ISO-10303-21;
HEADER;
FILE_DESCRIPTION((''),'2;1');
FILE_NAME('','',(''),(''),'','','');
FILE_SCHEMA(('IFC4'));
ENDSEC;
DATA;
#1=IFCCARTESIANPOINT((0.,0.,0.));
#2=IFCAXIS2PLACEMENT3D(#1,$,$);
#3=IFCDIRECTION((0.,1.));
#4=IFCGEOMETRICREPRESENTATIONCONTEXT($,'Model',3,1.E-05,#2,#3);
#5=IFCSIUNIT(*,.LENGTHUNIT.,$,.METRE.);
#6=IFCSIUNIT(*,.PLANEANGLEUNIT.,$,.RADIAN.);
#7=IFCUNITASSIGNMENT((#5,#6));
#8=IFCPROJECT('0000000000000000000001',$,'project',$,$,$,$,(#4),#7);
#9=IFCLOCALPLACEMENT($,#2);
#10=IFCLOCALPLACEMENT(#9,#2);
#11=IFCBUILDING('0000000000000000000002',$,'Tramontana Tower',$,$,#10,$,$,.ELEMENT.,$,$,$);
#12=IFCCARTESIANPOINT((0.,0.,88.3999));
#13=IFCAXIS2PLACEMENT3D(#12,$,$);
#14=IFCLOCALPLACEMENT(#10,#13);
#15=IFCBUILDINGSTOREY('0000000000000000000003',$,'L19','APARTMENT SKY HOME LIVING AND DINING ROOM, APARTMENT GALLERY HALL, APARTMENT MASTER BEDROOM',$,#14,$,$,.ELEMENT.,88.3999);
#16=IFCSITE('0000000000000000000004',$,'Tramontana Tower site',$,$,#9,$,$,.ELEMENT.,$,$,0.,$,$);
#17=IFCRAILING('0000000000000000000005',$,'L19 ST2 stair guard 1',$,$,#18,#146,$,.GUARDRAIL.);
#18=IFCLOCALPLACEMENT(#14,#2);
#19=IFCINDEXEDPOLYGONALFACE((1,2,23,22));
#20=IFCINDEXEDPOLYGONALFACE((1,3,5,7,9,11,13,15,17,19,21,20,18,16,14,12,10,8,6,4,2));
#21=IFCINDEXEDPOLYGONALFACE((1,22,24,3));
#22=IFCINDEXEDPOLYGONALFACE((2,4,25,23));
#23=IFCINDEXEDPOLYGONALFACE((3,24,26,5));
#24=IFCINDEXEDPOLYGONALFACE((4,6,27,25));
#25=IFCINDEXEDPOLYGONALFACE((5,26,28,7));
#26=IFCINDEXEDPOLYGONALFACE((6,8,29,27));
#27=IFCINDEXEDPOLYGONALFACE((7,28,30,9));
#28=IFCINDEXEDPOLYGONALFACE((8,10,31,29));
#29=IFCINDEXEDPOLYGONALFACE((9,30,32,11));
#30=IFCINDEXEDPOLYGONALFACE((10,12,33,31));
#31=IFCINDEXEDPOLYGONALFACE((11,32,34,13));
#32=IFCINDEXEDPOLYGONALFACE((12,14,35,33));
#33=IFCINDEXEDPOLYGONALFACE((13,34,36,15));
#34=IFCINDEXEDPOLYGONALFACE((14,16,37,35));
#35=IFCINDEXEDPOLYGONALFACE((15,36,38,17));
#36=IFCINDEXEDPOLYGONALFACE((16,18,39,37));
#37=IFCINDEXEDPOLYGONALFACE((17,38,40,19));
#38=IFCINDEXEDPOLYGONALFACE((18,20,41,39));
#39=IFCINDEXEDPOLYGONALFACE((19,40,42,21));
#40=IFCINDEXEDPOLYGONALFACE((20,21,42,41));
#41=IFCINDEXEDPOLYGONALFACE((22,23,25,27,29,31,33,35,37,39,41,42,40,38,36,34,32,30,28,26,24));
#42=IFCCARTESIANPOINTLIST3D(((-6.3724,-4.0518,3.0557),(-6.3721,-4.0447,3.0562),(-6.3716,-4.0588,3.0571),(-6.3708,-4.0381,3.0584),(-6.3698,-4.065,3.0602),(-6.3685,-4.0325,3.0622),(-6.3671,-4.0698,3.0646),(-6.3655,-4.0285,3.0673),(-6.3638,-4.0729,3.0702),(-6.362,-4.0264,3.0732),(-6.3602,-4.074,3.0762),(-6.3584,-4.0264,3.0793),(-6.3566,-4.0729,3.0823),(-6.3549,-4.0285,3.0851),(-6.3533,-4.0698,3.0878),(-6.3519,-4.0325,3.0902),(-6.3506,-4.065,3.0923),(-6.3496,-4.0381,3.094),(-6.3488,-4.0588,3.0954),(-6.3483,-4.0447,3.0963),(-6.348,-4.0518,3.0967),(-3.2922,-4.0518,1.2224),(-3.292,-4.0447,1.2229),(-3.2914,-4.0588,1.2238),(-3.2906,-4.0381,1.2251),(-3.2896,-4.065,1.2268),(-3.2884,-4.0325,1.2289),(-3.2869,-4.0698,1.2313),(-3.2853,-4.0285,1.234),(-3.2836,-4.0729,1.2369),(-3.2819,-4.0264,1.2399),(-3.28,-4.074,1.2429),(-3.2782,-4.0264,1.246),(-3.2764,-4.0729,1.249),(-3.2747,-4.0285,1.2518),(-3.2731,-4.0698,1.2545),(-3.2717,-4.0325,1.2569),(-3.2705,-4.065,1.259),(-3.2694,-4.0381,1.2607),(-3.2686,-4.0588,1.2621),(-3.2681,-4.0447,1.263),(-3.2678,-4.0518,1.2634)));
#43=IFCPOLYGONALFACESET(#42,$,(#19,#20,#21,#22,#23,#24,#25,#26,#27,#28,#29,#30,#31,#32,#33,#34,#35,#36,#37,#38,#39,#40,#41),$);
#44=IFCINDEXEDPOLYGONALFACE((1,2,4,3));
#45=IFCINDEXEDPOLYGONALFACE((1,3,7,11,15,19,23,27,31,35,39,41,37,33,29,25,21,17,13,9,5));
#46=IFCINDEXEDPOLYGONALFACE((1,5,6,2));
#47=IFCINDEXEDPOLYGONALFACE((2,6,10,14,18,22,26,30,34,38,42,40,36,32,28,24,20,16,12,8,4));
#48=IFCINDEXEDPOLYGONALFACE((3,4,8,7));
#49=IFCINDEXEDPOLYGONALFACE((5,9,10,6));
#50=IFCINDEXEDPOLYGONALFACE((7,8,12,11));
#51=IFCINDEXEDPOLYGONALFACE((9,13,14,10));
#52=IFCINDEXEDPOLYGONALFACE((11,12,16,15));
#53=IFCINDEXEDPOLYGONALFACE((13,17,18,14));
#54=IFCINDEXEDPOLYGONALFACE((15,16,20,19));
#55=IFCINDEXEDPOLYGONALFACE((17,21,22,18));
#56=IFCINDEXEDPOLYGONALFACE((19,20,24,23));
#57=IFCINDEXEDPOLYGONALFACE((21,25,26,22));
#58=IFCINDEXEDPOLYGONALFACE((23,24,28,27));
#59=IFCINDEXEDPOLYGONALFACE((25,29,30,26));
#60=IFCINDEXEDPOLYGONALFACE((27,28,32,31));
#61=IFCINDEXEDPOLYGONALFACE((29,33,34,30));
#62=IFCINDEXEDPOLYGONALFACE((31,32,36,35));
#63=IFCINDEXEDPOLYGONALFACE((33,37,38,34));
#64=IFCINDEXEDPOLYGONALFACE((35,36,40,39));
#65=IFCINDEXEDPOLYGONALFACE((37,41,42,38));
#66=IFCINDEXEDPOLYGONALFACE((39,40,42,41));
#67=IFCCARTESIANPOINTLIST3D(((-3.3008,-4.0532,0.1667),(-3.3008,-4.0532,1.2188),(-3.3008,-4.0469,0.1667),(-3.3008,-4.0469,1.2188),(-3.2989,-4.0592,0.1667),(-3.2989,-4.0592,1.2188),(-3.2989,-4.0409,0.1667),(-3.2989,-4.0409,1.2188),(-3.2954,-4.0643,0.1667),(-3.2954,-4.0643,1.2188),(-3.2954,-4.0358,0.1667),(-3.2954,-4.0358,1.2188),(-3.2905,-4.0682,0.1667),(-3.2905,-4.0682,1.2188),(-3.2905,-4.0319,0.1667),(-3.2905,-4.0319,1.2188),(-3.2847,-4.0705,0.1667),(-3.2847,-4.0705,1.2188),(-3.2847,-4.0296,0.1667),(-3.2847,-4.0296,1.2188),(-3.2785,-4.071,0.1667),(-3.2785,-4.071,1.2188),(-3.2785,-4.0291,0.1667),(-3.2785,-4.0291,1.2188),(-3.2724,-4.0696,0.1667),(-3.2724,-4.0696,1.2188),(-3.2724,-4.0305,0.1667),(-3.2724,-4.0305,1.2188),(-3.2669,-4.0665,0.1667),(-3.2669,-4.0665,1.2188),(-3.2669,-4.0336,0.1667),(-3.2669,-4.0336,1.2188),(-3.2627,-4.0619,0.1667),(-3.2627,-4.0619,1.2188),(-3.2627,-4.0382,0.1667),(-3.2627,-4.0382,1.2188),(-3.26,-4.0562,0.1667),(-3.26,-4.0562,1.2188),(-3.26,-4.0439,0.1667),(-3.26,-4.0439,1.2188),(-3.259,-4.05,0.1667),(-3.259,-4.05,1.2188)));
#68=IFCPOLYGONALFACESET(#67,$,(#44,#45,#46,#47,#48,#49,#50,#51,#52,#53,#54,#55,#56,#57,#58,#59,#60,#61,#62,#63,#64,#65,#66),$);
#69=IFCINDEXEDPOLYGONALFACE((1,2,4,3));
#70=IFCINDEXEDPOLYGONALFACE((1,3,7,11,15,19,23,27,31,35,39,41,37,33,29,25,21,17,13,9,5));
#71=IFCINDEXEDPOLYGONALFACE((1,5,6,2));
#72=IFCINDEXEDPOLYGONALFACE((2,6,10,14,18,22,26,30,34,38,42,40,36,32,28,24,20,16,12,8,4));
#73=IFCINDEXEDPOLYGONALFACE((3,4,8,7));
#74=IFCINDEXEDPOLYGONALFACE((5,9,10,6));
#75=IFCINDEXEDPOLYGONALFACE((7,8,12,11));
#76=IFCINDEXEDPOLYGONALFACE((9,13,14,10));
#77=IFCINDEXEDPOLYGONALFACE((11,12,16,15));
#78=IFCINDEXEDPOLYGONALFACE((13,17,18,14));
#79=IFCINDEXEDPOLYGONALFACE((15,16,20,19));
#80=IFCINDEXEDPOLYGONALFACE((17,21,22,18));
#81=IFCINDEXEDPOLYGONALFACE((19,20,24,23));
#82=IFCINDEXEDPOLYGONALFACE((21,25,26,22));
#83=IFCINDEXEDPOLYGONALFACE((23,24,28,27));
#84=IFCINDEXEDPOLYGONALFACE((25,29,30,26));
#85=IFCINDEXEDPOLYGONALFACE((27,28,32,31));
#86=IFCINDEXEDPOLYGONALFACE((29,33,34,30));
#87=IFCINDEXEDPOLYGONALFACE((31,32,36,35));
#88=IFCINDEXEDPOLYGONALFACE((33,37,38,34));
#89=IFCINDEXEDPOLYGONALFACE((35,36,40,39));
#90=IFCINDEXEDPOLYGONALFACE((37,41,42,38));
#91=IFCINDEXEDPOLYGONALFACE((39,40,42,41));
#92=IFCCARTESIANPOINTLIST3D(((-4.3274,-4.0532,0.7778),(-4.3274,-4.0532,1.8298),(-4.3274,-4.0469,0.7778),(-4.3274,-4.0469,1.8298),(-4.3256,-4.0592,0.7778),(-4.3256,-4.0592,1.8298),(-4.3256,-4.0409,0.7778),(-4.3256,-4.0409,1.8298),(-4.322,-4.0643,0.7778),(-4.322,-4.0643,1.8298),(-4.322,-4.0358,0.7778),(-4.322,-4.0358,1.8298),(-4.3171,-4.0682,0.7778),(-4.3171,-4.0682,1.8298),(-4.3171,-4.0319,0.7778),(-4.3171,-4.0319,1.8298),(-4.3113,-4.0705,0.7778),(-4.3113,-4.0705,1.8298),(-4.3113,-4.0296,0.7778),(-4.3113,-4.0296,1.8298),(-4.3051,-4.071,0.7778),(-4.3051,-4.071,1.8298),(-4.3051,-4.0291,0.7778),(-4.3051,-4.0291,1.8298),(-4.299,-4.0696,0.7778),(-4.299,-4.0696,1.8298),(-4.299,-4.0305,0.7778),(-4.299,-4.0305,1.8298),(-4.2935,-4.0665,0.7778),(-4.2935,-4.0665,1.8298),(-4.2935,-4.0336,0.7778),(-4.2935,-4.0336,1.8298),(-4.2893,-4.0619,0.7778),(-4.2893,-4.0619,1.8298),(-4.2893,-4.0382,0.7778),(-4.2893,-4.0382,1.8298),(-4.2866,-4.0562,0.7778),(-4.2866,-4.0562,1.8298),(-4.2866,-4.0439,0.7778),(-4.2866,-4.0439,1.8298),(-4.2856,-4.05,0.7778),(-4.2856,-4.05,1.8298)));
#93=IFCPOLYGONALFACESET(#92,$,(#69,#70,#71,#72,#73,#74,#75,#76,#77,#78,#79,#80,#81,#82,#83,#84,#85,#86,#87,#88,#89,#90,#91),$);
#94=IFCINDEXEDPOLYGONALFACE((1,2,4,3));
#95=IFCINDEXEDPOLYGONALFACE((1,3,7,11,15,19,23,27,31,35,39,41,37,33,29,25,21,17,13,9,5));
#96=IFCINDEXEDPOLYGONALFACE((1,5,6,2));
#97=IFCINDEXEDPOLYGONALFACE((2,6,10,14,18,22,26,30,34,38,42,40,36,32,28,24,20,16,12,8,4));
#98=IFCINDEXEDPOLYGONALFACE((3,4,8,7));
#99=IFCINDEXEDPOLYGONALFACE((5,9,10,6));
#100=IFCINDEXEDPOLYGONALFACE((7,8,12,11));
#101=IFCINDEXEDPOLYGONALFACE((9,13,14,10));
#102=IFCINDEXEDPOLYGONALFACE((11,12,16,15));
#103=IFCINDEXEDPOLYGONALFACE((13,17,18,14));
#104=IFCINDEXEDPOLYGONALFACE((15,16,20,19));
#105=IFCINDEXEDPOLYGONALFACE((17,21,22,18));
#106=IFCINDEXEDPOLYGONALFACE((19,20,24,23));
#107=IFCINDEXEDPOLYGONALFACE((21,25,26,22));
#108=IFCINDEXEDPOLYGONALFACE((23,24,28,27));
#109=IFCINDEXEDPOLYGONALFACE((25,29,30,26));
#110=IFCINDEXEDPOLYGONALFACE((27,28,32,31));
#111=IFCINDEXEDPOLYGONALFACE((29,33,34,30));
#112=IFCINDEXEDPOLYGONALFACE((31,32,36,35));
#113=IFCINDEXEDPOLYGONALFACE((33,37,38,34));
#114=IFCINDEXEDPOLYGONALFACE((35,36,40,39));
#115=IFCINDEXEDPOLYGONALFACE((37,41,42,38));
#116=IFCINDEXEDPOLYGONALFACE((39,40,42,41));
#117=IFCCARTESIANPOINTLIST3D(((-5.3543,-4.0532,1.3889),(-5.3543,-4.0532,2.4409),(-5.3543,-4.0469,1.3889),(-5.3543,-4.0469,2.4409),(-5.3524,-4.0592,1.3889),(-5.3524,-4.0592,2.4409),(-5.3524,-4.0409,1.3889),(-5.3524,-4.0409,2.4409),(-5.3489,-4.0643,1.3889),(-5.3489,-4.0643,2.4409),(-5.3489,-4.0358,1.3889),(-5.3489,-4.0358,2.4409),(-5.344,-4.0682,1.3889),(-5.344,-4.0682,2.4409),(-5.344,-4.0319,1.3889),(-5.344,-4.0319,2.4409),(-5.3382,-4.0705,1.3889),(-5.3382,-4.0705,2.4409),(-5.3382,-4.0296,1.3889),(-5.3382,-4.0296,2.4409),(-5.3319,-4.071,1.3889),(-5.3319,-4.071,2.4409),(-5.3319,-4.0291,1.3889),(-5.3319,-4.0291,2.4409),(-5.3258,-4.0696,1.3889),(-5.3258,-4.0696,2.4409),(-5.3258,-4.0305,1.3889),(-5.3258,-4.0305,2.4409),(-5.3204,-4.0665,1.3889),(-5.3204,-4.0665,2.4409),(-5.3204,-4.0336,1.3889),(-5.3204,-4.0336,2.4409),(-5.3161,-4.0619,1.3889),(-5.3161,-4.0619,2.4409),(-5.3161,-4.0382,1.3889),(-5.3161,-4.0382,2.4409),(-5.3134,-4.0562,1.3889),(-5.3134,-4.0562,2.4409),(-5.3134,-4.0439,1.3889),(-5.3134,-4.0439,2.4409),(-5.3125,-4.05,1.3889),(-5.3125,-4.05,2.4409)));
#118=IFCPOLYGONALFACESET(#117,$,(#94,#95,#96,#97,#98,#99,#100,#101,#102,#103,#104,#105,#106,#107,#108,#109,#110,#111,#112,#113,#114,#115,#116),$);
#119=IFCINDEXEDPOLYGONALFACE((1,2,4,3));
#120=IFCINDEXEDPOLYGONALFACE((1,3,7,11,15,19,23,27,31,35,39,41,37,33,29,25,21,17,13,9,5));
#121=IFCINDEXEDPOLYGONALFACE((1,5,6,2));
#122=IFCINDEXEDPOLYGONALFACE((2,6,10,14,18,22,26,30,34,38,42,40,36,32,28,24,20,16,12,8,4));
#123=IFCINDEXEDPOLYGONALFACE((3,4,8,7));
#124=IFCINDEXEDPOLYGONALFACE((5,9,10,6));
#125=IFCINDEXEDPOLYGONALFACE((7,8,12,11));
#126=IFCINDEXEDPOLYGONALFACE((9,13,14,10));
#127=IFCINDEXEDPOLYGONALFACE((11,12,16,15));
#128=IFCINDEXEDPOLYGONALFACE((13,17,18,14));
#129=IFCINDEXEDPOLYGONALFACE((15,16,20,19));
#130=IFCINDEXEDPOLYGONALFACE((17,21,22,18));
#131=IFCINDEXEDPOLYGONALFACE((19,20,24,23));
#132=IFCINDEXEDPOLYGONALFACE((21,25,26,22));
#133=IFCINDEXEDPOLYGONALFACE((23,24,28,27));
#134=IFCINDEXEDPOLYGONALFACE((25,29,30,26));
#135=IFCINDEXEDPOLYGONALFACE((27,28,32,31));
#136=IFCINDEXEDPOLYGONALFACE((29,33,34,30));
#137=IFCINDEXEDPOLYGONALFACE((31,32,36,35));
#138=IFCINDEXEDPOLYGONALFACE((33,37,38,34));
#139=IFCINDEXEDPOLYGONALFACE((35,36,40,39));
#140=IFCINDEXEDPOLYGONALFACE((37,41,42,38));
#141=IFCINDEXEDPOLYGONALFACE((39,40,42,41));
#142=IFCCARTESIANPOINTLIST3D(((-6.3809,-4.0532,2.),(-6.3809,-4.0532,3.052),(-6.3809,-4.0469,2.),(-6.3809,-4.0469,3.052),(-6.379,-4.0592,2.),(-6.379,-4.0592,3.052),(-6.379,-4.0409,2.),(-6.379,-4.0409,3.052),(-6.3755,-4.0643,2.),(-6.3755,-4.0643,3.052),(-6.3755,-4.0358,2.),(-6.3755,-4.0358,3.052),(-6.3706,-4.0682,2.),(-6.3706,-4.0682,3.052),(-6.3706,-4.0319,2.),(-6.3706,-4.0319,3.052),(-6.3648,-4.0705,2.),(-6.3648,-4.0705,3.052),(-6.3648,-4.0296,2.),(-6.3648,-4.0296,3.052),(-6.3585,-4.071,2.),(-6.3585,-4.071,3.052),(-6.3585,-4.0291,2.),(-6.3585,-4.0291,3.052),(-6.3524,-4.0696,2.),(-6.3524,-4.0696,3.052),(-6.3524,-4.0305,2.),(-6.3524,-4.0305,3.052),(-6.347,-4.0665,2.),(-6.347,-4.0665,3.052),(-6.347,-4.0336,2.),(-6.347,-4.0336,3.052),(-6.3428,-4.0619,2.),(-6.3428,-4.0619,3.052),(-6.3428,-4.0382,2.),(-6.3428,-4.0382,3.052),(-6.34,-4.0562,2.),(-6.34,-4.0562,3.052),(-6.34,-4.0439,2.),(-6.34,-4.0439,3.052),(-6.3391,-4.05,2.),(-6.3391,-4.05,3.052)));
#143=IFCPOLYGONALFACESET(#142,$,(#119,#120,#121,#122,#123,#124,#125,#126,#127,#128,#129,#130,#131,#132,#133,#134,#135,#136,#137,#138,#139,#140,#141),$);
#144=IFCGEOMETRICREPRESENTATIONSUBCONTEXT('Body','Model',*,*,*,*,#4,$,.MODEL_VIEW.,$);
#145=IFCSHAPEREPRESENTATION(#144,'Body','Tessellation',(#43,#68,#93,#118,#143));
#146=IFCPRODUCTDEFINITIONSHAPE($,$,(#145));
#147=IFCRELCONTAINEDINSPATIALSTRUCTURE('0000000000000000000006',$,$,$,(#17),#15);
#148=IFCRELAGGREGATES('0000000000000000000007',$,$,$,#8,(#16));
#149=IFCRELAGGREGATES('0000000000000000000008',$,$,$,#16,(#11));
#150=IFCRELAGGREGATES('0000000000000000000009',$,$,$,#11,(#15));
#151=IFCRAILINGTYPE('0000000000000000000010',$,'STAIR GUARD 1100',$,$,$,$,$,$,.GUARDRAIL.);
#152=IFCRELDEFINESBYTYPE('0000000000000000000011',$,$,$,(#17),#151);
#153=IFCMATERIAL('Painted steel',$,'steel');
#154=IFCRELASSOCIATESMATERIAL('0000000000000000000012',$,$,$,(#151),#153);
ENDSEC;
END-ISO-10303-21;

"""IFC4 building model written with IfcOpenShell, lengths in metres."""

from ifc_helpers import new_model, si_unit, direction, frame, origin, origin_2d, place, context, subcontext, project, spatial, circle, extrude, material, type_object, element, save


model = new_model("IFC4")

# Units and contexts
model_context = context("Model", 3, precision=1e-05, world=origin(), true_north=direction((0.0, 1.0)))
body_context = subcontext(model_context, "Body", "Model", "MODEL_VIEW")
ifc_project = project(units=[si_unit("LENGTHUNIT", "METRE"), si_unit("PLANEANGLEUNIT", "RADIAN")], contexts=[model_context])

# Site, building, storey
site_placement = place(None, origin())
site = spatial("IfcSite", under=ifc_project, at=site_placement, Name="Tramontana Tower site", CompositionType="ELEMENT", RefElevation=0.0)
building_placement = place(site_placement, origin())
building = spatial("IfcBuilding", under=site, at=building_placement, Name="Tramontana Tower", CompositionType="ELEMENT")
storey_placement = place(building_placement, frame((0.0, 0.0, 88.3999)))
storey = spatial("IfcBuildingStorey", under=building, at=storey_placement, Name="L19", Description="APARTMENT SKY HOME LIVING AND DINING ROOM, APARTMENT GALLERY HALL, APARTMENT MASTER BEDROOM", CompositionType="ELEMENT", Elevation=88.3999)

# Railing
ifc_material_1 = material(Name="Painted steel", Category="steel")
railing_type_1 = type_object("IfcRailingType", Name="STAIR GUARD 1100", PredefinedType="GUARDRAIL", material=ifc_material_1)
railing_1_placement = place(storey_placement, frame((-3.28, -4.05, 0.1667)))
element("IfcRailing", 1, at=railing_1_placement, inside=storey, type_object=railing_type_1, Name="L19 ST2 stair guard 1", PredefinedType="GUARDRAIL", context=body_context, shape_type="SweptSolid", body=[
    extrude(circle(Radius=0.0239, at=origin_2d()), frame((0.0, 0.0, 1.0762), z_axis=(-0.859309, 0.0, 0.511458), x_axis=(0.0, -1.0, 0.0)), (0.0, 0.0, 1.0), 3.5845),
    extrude(circle(Radius=0.021, at=origin_2d()), origin(), (0.0, 0.0, 1.0), 1.052),
    extrude(circle(Radius=0.021, at=origin_2d()), frame((-1.0266, 0.0, 0.6111)), (0.0, 0.0, 1.0), 1.052),
    extrude(circle(Radius=0.021, at=origin_2d()), frame((-2.0535, 0.0, 1.2222)), (0.0, 0.0, 1.0), 1.052),
    extrude(circle(Radius=0.021, at=origin_2d()), frame((-3.0801, 0.0, 1.8333)), (0.0, 0.0, 1.0), 1.052),
])

save(model, "model.ifc")
